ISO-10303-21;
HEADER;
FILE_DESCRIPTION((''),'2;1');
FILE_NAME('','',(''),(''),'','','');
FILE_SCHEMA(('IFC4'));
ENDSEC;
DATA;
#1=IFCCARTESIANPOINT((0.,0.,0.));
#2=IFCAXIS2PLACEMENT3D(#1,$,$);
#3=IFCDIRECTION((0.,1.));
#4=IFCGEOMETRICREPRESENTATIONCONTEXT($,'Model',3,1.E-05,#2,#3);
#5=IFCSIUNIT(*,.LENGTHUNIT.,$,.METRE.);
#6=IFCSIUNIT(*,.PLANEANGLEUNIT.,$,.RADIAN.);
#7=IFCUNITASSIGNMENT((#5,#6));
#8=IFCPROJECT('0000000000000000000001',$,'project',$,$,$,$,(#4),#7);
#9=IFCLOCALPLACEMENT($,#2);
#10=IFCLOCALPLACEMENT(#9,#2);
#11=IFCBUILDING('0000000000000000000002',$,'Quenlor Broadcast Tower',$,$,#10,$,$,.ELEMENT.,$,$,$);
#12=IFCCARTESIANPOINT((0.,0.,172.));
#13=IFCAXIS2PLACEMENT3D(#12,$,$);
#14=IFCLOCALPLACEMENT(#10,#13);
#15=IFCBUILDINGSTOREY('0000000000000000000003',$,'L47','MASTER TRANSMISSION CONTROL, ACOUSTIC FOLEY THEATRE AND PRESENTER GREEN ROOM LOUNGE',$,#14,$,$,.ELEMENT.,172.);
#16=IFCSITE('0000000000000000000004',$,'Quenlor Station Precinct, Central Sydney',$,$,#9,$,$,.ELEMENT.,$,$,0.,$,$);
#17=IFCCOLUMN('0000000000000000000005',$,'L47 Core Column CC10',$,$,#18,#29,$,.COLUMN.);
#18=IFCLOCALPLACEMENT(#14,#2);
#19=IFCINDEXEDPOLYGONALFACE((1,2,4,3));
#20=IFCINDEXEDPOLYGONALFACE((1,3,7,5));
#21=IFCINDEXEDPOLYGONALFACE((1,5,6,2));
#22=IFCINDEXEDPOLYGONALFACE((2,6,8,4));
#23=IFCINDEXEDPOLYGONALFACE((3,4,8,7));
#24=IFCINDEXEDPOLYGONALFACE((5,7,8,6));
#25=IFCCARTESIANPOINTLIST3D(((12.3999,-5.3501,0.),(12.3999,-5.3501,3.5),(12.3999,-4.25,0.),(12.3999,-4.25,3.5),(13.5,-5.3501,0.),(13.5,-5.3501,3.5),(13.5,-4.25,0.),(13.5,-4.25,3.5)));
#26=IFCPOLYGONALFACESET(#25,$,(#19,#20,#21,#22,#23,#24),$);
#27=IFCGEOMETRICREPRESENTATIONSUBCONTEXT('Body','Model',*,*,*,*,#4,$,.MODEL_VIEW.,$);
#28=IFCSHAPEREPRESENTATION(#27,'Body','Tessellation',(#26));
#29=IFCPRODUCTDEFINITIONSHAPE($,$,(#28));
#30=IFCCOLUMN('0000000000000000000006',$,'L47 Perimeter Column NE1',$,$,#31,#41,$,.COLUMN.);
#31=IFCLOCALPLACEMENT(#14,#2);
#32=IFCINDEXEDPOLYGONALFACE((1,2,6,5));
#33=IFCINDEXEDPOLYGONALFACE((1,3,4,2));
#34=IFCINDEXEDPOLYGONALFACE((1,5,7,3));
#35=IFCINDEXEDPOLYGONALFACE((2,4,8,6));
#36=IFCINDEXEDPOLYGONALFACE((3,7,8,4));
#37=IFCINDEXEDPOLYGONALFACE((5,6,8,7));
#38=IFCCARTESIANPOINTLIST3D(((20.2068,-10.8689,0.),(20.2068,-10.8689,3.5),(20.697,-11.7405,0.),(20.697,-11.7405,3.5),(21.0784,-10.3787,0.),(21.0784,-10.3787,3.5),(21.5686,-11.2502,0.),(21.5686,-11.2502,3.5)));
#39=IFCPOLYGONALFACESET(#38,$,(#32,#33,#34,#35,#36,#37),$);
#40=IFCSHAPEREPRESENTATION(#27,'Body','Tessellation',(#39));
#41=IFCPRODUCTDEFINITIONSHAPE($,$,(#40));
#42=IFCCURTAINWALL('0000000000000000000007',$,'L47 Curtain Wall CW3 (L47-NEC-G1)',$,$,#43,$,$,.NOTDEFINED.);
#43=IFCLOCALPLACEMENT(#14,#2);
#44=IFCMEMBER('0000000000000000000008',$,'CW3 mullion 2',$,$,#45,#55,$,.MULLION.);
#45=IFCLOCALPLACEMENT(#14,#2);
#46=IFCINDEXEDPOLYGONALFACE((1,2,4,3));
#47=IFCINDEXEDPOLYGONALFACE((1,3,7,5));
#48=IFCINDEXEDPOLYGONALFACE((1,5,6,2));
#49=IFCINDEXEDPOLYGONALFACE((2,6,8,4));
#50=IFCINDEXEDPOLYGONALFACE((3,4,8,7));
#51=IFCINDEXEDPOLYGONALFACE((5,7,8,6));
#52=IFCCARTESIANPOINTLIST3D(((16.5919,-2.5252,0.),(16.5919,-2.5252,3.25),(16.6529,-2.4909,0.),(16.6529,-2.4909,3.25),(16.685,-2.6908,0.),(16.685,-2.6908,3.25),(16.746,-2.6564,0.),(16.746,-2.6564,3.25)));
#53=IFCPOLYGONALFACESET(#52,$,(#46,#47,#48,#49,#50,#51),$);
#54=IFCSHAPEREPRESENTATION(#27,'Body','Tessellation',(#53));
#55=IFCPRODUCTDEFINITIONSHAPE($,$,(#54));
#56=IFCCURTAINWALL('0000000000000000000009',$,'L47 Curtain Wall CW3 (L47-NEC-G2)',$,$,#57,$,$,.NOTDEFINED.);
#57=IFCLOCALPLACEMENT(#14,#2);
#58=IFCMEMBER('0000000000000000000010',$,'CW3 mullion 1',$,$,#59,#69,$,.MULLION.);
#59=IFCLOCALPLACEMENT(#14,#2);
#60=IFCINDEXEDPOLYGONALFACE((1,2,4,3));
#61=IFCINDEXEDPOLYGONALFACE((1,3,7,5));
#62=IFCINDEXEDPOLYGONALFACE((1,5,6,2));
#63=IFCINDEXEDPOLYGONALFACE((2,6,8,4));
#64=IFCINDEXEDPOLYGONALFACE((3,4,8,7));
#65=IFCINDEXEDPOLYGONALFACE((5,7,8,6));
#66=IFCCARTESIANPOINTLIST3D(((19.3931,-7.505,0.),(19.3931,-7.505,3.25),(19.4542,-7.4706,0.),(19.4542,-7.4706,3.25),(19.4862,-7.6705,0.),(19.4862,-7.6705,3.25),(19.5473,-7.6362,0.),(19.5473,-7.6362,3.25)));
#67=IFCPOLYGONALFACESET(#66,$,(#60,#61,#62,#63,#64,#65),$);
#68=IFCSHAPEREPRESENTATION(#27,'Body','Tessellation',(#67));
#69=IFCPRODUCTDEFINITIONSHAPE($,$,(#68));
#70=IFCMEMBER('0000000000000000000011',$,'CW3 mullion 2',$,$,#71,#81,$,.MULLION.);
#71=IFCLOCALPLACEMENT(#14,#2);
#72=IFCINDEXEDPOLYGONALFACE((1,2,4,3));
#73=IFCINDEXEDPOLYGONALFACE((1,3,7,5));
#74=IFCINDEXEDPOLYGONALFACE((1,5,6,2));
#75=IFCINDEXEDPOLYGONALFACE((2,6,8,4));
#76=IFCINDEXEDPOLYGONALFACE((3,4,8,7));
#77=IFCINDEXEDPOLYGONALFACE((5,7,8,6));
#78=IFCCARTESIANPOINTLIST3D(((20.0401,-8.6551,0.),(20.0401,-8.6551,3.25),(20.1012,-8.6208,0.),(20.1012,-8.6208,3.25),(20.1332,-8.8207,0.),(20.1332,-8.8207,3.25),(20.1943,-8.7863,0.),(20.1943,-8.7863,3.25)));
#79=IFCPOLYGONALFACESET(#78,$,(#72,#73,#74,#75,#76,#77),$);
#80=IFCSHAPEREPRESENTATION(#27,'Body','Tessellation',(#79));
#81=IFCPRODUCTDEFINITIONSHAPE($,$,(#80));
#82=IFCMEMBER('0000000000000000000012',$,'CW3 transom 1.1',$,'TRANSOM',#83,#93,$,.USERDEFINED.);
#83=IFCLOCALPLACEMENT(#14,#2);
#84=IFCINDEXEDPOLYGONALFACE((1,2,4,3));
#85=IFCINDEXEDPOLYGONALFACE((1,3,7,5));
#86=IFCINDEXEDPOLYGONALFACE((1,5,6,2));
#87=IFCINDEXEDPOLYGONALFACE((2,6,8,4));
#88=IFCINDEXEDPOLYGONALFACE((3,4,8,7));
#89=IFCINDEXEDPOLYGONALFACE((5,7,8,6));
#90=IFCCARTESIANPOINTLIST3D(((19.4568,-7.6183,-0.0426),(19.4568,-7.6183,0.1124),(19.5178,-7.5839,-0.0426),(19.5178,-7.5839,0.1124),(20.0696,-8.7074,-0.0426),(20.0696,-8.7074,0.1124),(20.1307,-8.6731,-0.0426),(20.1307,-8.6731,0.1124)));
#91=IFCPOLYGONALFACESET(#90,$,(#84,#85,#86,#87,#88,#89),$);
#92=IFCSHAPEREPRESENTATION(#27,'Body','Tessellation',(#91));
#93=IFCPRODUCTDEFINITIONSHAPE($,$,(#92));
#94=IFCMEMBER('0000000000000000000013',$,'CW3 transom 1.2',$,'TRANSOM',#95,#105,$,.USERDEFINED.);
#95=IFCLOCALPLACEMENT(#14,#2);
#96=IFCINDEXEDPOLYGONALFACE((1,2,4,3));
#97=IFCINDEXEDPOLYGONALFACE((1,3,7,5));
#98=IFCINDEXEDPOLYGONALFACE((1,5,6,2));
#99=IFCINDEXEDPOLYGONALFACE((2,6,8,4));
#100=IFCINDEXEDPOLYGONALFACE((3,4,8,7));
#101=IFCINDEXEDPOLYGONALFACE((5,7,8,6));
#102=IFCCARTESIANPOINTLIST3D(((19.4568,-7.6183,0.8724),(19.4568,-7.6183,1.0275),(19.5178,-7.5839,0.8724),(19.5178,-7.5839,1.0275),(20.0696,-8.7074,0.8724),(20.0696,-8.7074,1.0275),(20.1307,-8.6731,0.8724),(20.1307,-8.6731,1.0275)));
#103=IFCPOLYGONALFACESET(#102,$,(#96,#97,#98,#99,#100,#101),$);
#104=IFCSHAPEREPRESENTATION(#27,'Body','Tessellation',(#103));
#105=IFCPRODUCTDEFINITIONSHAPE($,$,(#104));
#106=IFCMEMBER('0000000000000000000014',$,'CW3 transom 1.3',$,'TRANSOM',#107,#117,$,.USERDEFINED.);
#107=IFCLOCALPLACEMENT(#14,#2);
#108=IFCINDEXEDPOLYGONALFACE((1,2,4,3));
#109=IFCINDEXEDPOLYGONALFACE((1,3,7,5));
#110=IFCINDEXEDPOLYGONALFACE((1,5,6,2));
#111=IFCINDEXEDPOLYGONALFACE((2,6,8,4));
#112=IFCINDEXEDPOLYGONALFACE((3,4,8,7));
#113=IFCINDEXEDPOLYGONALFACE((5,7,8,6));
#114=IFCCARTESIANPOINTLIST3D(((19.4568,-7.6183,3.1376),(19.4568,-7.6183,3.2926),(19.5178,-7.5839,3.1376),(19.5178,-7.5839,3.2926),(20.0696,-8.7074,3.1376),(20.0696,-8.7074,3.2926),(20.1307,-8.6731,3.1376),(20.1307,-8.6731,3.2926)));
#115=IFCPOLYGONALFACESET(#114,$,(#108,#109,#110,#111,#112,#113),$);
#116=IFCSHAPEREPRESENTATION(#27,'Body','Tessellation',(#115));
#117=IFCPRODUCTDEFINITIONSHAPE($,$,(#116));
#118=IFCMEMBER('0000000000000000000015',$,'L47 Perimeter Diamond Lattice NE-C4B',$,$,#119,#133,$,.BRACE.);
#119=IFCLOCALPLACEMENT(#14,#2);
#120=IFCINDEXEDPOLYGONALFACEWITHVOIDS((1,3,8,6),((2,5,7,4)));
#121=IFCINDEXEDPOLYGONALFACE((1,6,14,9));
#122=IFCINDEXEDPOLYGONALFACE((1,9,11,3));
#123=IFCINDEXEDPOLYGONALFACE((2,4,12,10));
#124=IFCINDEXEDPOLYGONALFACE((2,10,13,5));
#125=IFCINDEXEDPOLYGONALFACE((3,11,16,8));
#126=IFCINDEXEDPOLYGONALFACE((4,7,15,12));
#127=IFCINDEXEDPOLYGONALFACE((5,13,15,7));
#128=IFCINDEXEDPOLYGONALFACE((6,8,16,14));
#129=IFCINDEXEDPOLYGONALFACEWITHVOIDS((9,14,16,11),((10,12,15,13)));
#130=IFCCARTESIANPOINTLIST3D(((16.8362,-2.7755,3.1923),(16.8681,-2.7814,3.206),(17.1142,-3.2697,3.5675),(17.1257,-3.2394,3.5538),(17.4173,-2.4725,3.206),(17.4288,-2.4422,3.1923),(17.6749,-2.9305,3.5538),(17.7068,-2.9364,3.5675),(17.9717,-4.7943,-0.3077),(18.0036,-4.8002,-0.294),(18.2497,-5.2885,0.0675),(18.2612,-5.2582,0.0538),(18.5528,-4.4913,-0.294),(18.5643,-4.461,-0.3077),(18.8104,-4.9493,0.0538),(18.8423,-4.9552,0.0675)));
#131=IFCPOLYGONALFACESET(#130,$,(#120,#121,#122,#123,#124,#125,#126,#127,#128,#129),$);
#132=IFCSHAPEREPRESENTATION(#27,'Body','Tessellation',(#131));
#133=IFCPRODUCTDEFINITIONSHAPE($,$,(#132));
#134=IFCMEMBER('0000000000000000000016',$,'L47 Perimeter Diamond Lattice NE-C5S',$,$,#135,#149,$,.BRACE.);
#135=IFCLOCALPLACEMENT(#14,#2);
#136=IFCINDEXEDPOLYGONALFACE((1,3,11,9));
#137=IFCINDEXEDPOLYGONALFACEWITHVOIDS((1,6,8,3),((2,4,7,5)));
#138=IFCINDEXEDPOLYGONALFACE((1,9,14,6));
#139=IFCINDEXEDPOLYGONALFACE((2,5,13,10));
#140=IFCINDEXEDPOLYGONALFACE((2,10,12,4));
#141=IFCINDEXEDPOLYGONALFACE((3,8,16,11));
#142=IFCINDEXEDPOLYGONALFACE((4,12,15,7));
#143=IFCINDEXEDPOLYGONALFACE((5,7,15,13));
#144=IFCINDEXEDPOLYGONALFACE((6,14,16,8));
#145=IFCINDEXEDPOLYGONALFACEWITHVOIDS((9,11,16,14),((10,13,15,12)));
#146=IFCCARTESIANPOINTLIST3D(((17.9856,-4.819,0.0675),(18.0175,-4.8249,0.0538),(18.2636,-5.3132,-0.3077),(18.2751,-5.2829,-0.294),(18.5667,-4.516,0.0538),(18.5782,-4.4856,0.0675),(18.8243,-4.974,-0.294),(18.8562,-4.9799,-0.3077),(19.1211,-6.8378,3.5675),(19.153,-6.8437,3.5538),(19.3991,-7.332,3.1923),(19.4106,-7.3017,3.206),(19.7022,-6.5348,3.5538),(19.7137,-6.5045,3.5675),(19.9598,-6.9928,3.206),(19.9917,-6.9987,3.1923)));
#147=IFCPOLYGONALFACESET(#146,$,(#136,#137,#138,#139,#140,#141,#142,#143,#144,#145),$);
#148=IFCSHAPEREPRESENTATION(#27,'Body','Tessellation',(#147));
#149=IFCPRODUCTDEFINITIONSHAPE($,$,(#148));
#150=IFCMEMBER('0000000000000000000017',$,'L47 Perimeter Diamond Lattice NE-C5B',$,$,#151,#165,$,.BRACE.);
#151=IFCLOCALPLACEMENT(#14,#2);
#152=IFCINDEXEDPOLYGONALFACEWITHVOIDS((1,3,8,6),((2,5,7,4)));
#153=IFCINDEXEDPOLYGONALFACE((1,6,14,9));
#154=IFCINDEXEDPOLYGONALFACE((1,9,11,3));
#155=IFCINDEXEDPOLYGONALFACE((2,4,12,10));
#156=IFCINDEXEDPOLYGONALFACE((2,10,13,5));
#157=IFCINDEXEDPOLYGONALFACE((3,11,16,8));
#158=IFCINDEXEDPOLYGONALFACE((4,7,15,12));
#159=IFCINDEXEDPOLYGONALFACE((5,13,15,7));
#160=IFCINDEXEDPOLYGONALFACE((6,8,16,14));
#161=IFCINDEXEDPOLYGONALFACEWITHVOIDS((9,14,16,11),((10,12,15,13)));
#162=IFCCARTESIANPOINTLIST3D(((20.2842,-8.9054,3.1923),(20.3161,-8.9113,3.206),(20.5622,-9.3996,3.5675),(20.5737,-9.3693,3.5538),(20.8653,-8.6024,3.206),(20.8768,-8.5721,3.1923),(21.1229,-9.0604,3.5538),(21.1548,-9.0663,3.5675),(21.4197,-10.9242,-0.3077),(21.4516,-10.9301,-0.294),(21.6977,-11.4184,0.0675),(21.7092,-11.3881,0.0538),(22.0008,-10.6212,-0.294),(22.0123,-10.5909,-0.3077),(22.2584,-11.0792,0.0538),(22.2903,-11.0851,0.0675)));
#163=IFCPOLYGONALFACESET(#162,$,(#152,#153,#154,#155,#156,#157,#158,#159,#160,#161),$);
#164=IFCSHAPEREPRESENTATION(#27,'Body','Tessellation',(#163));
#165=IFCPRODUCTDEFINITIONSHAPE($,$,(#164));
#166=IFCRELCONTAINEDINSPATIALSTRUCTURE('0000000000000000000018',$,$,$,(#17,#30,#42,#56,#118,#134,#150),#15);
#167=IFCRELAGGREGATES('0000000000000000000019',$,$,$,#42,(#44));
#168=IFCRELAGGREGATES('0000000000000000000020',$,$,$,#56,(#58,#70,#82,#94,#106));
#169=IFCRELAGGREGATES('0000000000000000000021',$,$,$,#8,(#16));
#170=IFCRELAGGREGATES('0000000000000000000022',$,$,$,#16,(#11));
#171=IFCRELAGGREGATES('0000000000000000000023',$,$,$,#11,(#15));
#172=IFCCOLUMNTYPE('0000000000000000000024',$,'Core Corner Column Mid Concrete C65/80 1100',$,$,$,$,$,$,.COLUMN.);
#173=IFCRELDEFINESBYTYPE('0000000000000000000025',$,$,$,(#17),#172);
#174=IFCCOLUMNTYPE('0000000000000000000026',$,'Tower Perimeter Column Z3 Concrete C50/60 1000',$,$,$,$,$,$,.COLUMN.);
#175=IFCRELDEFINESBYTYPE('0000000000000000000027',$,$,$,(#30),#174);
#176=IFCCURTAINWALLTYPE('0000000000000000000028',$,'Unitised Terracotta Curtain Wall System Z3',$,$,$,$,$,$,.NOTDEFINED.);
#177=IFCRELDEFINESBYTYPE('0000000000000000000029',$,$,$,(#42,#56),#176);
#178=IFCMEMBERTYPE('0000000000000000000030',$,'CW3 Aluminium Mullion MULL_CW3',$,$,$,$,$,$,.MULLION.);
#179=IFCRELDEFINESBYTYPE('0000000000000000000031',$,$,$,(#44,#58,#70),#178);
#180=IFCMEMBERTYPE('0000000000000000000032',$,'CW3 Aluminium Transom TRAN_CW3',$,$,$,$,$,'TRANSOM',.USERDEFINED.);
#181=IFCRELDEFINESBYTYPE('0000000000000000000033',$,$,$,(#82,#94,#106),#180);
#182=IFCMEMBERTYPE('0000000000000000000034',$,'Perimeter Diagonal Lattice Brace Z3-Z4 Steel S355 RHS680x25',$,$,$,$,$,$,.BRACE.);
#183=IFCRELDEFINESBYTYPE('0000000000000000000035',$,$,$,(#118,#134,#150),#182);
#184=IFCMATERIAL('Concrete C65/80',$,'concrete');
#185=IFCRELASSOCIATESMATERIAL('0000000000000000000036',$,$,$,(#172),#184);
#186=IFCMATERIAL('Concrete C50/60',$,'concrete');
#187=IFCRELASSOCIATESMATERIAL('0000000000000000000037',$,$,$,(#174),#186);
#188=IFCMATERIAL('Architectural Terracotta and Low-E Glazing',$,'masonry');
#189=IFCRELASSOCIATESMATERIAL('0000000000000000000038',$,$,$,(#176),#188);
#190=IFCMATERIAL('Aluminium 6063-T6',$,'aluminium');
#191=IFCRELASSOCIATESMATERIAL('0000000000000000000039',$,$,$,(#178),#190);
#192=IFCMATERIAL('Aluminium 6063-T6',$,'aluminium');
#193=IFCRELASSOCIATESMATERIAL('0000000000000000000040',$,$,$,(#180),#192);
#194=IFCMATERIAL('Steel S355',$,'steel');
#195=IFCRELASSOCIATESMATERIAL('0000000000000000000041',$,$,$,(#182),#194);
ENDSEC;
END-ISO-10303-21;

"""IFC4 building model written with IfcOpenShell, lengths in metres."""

from ifc_helpers import new_model, si_unit, direction, frame, origin, origin_2d, place, context, subcontext, project, spatial, rectangle, hollow_rectangle, extrude, material, material_profile, profile_set, type_object, element, aggregate, save


model = new_model("IFC4")

# Units and contexts
model_context = context("Model", 3, precision=1e-05, world=origin(), true_north=direction((0.0, 1.0)))
body_context = subcontext(model_context, "Body", "Model", "MODEL_VIEW")
ifc_project = project(units=[si_unit("LENGTHUNIT", "METRE"), si_unit("PLANEANGLEUNIT", "RADIAN")], contexts=[model_context])

# Site, building, storey
site_placement = place(None, origin())
site = spatial("IfcSite", under=ifc_project, at=site_placement, Name="Quenlor Station Precinct, Central Sydney", CompositionType="ELEMENT", RefElevation=0.0)
building_placement = place(site_placement, origin())
building = spatial("IfcBuilding", under=site, at=building_placement, Name="Quenlor Broadcast Tower", CompositionType="ELEMENT")
storey_placement = place(building_placement, frame((0.0, 0.0, 172.0)))
storey = spatial("IfcBuildingStorey", under=building, at=storey_placement, Name="L47", Description="MASTER TRANSMISSION CONTROL, ACOUSTIC FOLEY THEATRE AND PRESENTER GREEN ROOM LOUNGE", CompositionType="ELEMENT", Elevation=172.0)

# Columns
ifc_material_1 = material(Name="Concrete C65/80", Category="concrete")
ifc_material_profile_1 = material_profile(ifc_material_1, rectangle(XDim=1.1001, YDim=1.1001, at=origin_2d()))
ifc_profile_set_1 = profile_set([ifc_material_profile_1], Name="Concrete C65/80 RC1100x1100")
column_type_1 = type_object("IfcColumnType", Name="Core Corner Column Mid Concrete C65/80 1100", PredefinedType="COLUMN", material=ifc_profile_set_1)
column_1_placement = place(storey_placement, frame((12.95, -4.8, 0.0), z_axis=(0.0, 0.0, 1.0), x_axis=(1.0, 0.0, 0.0)))
element("IfcColumn", 1, at=column_1_placement, inside=storey, type_object=column_type_1, Name="L47 Core Column CC10", PredefinedType="COLUMN", context=body_context, shape_type="SweptSolid", body=[
    extrude(rectangle(XDim=1.1001, YDim=1.1001, at=origin_2d()), origin(), (0.0, 0.0, 1.0), 3.5),
])
ifc_material_2 = material(Name="Concrete C50/60", Category="concrete")
ifc_material_profile_2 = material_profile(ifc_material_2, rectangle(XDim=1.0, YDim=1.0, at=origin_2d()))
ifc_profile_set_2 = profile_set([ifc_material_profile_2], Name="Concrete C50/60 RC1000x1000")
column_type_2 = type_object("IfcColumnType", Name="Tower Perimeter Column Z3 Concrete C50/60 1000", PredefinedType="COLUMN", material=ifc_profile_set_2)
column_2_placement = place(storey_placement, frame((20.8877, -11.0596, 0.0), z_axis=(0.0, 0.0, 1.0), x_axis=(0.871575, 0.490262, 0.0)))
element("IfcColumn", 2, at=column_2_placement, inside=storey, type_object=column_type_2, Name="L47 Perimeter Column NE1", PredefinedType="COLUMN", context=body_context, shape_type="SweptSolid", body=[
    extrude(rectangle(XDim=1.0, YDim=1.0, at=origin_2d()), origin(), (0.0, 0.0, 1.0), 3.5),
])

# Curtain wall, member
ifc_material_3 = material(Name="Architectural Terracotta and Low-E Glazing", Category="masonry")
curtain_wall_type = type_object("IfcCurtainWallType", Name="Unitised Terracotta Curtain Wall System Z3", PredefinedType="NOTDEFINED", material=ifc_material_3)
curtain_wall_1_placement = place(storey_placement, origin())
curtain_wall_1 = element("IfcCurtainWall", 3, at=curtain_wall_1_placement, inside=storey, type_object=curtain_wall_type, Name="L47 Curtain Wall CW3 (L47-NEC-G1)", PredefinedType="NOTDEFINED")
ifc_material_4 = material(Name="Aluminium 6063-T6", Category="aluminium")
ifc_material_profile_3 = material_profile(ifc_material_4, rectangle(XDim=0.0701, YDim=0.1899, at=origin_2d()))
ifc_profile_set_3 = profile_set([ifc_material_profile_3], Name="Aluminium 6063-T6 MULL70x190")
member_type_1 = type_object("IfcMemberType", Name="CW3 Aluminium Mullion MULL_CW3", PredefinedType="MULLION", material=ifc_profile_set_3)
member_1_placement = place(storey_placement, frame((16.6689, -2.5908, 0.0), z_axis=(0.0, 0.0, 1.0), x_axis=(0.87158, 0.490253, 0.0)))
member_1 = element("IfcMember", 4, at=member_1_placement, type_object=member_type_1, Name="CW3 mullion 2", PredefinedType="MULLION", context=body_context, shape_type="SweptSolid", body=[
    extrude(rectangle(XDim=0.0701, YDim=0.1899, at=origin_2d()), origin(), (0.0, 0.0, 1.0), 3.25),
])
aggregate(curtain_wall_1, [member_1])

# Curtain wall, members
curtain_wall_2_placement = place(storey_placement, origin())
curtain_wall_2 = element("IfcCurtainWall", 5, at=curtain_wall_2_placement, inside=storey, type_object=curtain_wall_type, Name="L47 Curtain Wall CW3 (L47-NEC-G2)", PredefinedType="NOTDEFINED")
member_2_placement = place(storey_placement, frame((19.4702, -7.5706, 0.0), z_axis=(0.0, 0.0, 1.0), x_axis=(0.871576, 0.490261, 0.0)))
member_2 = element("IfcMember", 6, at=member_2_placement, type_object=member_type_1, Name="CW3 mullion 1", PredefinedType="MULLION", context=body_context, shape_type="SweptSolid", body=[
    extrude(rectangle(XDim=0.0701, YDim=0.1899, at=origin_2d()), origin(), (0.0, 0.0, 1.0), 3.25),
])
member_3_placement = place(storey_placement, frame((20.1172, -8.7207, 0.0), z_axis=(0.0, 0.0, 1.0), x_axis=(0.871576, 0.490261, 0.0)))
member_3 = element("IfcMember", 7, at=member_3_placement, type_object=member_type_1, Name="CW3 mullion 2", PredefinedType="MULLION", context=body_context, shape_type="SweptSolid", body=[
    extrude(rectangle(XDim=0.0701, YDim=0.1899, at=origin_2d()), origin(), (0.0, 0.0, 1.0), 3.25),
])
ifc_material_5 = material(Name="Aluminium 6063-T6", Category="aluminium")
ifc_material_profile_4 = material_profile(ifc_material_5, rectangle(XDim=0.0701, YDim=0.155, at=origin_2d()))
ifc_profile_set_4 = profile_set([ifc_material_profile_4], Name="Aluminium 6063-T6 TRAN70x155")
member_type_2 = type_object("IfcMemberType", Name="CW3 Aluminium Transom TRAN_CW3", ElementType="TRANSOM", PredefinedType="USERDEFINED", material=ifc_profile_set_4)
member_4_placement = place(storey_placement, frame((19.4873, -7.6011, 0.0349), z_axis=(0.490363, -0.871518, 0.0), x_axis=(0.871518, 0.490363, 0.0)))
member_4 = element("IfcMember", 8, at=member_4_placement, type_object=member_type_2, Name="CW3 transom 1.1", ObjectType="TRANSOM", PredefinedType="USERDEFINED", context=body_context, shape_type="SweptSolid", body=[
    extrude(rectangle(XDim=0.0701, YDim=0.155, at=origin_2d()), origin(), (0.0, 0.0, 1.0), 1.2498),
])
member_5_placement = place(storey_placement, frame((19.4873, -7.6011, 0.95), z_axis=(0.490363, -0.871518, 0.0), x_axis=(0.871518, 0.490363, 0.0)))
member_5 = element("IfcMember", 9, at=member_5_placement, type_object=member_type_2, Name="CW3 transom 1.2", ObjectType="TRANSOM", PredefinedType="USERDEFINED", context=body_context, shape_type="SweptSolid", body=[
    extrude(rectangle(XDim=0.0701, YDim=0.155, at=origin_2d()), origin(), (0.0, 0.0, 1.0), 1.2498),
])
member_6_placement = place(storey_placement, frame((19.4873, -7.6011, 3.2151), z_axis=(0.490363, -0.871518, 0.0), x_axis=(0.871518, 0.490363, 0.0)))
member_6 = element("IfcMember", 10, at=member_6_placement, type_object=member_type_2, Name="CW3 transom 1.3", ObjectType="TRANSOM", PredefinedType="USERDEFINED", context=body_context, shape_type="SweptSolid", body=[
    extrude(rectangle(XDim=0.0701, YDim=0.155, at=origin_2d()), origin(), (0.0, 0.0, 1.0), 1.2498),
])

# Members
ifc_material_6 = material(Name="Steel S355", Category="steel")
ifc_material_profile_5 = material_profile(ifc_material_6, hollow_rectangle(XDim=0.6799, YDim=0.6799, WallThickness=0.0249, at=origin_2d()))
ifc_profile_set_5 = profile_set([ifc_material_profile_5], Name="Steel S355 RHS680x680x25")
member_type_3 = type_object("IfcMemberType", Name="Perimeter Diagonal Lattice Brace Z3-Z4 Steel S355 RHS680x25", PredefinedType="BRACE", material=ifc_profile_set_5)
for number, where, z_axis, x_axis, name in (
    (11, (18.407, -4.8748, -0.1201), (-0.270549, 0.481009, 0.833927), (-0.87159, -0.490236, 0.0), "L47 Perimeter Diamond Lattice NE-C4B"),
    (12, (18.4209, -4.8994, -0.1201), (0.270549, -0.481009, 0.833927), (0.87159, 0.490236, 0.0), "L47 Perimeter Diamond Lattice NE-C5S"),
    (13, (21.855, -11.0046, -0.1201), (-0.270549, 0.481009, 0.833927), (-0.87159, -0.490236, 0.0), "L47 Perimeter Diamond Lattice NE-C5B"),
):
    element("IfcMember", number, at=place(storey_placement, frame(where, z_axis=z_axis, x_axis=x_axis)), inside=storey, type_object=member_type_3, Name=name, PredefinedType="BRACE", context=body_context, shape_type="SweptSolid", body=[
        extrude(hollow_rectangle(XDim=0.6799, YDim=0.6799, WallThickness=0.0249, at=origin_2d()), origin(), (0.0, 0.0, 1.0), 4.197),
    ])

aggregate(curtain_wall_2, [member_2, member_3, member_4, member_5, member_6])

save(model, "model.ifc")
